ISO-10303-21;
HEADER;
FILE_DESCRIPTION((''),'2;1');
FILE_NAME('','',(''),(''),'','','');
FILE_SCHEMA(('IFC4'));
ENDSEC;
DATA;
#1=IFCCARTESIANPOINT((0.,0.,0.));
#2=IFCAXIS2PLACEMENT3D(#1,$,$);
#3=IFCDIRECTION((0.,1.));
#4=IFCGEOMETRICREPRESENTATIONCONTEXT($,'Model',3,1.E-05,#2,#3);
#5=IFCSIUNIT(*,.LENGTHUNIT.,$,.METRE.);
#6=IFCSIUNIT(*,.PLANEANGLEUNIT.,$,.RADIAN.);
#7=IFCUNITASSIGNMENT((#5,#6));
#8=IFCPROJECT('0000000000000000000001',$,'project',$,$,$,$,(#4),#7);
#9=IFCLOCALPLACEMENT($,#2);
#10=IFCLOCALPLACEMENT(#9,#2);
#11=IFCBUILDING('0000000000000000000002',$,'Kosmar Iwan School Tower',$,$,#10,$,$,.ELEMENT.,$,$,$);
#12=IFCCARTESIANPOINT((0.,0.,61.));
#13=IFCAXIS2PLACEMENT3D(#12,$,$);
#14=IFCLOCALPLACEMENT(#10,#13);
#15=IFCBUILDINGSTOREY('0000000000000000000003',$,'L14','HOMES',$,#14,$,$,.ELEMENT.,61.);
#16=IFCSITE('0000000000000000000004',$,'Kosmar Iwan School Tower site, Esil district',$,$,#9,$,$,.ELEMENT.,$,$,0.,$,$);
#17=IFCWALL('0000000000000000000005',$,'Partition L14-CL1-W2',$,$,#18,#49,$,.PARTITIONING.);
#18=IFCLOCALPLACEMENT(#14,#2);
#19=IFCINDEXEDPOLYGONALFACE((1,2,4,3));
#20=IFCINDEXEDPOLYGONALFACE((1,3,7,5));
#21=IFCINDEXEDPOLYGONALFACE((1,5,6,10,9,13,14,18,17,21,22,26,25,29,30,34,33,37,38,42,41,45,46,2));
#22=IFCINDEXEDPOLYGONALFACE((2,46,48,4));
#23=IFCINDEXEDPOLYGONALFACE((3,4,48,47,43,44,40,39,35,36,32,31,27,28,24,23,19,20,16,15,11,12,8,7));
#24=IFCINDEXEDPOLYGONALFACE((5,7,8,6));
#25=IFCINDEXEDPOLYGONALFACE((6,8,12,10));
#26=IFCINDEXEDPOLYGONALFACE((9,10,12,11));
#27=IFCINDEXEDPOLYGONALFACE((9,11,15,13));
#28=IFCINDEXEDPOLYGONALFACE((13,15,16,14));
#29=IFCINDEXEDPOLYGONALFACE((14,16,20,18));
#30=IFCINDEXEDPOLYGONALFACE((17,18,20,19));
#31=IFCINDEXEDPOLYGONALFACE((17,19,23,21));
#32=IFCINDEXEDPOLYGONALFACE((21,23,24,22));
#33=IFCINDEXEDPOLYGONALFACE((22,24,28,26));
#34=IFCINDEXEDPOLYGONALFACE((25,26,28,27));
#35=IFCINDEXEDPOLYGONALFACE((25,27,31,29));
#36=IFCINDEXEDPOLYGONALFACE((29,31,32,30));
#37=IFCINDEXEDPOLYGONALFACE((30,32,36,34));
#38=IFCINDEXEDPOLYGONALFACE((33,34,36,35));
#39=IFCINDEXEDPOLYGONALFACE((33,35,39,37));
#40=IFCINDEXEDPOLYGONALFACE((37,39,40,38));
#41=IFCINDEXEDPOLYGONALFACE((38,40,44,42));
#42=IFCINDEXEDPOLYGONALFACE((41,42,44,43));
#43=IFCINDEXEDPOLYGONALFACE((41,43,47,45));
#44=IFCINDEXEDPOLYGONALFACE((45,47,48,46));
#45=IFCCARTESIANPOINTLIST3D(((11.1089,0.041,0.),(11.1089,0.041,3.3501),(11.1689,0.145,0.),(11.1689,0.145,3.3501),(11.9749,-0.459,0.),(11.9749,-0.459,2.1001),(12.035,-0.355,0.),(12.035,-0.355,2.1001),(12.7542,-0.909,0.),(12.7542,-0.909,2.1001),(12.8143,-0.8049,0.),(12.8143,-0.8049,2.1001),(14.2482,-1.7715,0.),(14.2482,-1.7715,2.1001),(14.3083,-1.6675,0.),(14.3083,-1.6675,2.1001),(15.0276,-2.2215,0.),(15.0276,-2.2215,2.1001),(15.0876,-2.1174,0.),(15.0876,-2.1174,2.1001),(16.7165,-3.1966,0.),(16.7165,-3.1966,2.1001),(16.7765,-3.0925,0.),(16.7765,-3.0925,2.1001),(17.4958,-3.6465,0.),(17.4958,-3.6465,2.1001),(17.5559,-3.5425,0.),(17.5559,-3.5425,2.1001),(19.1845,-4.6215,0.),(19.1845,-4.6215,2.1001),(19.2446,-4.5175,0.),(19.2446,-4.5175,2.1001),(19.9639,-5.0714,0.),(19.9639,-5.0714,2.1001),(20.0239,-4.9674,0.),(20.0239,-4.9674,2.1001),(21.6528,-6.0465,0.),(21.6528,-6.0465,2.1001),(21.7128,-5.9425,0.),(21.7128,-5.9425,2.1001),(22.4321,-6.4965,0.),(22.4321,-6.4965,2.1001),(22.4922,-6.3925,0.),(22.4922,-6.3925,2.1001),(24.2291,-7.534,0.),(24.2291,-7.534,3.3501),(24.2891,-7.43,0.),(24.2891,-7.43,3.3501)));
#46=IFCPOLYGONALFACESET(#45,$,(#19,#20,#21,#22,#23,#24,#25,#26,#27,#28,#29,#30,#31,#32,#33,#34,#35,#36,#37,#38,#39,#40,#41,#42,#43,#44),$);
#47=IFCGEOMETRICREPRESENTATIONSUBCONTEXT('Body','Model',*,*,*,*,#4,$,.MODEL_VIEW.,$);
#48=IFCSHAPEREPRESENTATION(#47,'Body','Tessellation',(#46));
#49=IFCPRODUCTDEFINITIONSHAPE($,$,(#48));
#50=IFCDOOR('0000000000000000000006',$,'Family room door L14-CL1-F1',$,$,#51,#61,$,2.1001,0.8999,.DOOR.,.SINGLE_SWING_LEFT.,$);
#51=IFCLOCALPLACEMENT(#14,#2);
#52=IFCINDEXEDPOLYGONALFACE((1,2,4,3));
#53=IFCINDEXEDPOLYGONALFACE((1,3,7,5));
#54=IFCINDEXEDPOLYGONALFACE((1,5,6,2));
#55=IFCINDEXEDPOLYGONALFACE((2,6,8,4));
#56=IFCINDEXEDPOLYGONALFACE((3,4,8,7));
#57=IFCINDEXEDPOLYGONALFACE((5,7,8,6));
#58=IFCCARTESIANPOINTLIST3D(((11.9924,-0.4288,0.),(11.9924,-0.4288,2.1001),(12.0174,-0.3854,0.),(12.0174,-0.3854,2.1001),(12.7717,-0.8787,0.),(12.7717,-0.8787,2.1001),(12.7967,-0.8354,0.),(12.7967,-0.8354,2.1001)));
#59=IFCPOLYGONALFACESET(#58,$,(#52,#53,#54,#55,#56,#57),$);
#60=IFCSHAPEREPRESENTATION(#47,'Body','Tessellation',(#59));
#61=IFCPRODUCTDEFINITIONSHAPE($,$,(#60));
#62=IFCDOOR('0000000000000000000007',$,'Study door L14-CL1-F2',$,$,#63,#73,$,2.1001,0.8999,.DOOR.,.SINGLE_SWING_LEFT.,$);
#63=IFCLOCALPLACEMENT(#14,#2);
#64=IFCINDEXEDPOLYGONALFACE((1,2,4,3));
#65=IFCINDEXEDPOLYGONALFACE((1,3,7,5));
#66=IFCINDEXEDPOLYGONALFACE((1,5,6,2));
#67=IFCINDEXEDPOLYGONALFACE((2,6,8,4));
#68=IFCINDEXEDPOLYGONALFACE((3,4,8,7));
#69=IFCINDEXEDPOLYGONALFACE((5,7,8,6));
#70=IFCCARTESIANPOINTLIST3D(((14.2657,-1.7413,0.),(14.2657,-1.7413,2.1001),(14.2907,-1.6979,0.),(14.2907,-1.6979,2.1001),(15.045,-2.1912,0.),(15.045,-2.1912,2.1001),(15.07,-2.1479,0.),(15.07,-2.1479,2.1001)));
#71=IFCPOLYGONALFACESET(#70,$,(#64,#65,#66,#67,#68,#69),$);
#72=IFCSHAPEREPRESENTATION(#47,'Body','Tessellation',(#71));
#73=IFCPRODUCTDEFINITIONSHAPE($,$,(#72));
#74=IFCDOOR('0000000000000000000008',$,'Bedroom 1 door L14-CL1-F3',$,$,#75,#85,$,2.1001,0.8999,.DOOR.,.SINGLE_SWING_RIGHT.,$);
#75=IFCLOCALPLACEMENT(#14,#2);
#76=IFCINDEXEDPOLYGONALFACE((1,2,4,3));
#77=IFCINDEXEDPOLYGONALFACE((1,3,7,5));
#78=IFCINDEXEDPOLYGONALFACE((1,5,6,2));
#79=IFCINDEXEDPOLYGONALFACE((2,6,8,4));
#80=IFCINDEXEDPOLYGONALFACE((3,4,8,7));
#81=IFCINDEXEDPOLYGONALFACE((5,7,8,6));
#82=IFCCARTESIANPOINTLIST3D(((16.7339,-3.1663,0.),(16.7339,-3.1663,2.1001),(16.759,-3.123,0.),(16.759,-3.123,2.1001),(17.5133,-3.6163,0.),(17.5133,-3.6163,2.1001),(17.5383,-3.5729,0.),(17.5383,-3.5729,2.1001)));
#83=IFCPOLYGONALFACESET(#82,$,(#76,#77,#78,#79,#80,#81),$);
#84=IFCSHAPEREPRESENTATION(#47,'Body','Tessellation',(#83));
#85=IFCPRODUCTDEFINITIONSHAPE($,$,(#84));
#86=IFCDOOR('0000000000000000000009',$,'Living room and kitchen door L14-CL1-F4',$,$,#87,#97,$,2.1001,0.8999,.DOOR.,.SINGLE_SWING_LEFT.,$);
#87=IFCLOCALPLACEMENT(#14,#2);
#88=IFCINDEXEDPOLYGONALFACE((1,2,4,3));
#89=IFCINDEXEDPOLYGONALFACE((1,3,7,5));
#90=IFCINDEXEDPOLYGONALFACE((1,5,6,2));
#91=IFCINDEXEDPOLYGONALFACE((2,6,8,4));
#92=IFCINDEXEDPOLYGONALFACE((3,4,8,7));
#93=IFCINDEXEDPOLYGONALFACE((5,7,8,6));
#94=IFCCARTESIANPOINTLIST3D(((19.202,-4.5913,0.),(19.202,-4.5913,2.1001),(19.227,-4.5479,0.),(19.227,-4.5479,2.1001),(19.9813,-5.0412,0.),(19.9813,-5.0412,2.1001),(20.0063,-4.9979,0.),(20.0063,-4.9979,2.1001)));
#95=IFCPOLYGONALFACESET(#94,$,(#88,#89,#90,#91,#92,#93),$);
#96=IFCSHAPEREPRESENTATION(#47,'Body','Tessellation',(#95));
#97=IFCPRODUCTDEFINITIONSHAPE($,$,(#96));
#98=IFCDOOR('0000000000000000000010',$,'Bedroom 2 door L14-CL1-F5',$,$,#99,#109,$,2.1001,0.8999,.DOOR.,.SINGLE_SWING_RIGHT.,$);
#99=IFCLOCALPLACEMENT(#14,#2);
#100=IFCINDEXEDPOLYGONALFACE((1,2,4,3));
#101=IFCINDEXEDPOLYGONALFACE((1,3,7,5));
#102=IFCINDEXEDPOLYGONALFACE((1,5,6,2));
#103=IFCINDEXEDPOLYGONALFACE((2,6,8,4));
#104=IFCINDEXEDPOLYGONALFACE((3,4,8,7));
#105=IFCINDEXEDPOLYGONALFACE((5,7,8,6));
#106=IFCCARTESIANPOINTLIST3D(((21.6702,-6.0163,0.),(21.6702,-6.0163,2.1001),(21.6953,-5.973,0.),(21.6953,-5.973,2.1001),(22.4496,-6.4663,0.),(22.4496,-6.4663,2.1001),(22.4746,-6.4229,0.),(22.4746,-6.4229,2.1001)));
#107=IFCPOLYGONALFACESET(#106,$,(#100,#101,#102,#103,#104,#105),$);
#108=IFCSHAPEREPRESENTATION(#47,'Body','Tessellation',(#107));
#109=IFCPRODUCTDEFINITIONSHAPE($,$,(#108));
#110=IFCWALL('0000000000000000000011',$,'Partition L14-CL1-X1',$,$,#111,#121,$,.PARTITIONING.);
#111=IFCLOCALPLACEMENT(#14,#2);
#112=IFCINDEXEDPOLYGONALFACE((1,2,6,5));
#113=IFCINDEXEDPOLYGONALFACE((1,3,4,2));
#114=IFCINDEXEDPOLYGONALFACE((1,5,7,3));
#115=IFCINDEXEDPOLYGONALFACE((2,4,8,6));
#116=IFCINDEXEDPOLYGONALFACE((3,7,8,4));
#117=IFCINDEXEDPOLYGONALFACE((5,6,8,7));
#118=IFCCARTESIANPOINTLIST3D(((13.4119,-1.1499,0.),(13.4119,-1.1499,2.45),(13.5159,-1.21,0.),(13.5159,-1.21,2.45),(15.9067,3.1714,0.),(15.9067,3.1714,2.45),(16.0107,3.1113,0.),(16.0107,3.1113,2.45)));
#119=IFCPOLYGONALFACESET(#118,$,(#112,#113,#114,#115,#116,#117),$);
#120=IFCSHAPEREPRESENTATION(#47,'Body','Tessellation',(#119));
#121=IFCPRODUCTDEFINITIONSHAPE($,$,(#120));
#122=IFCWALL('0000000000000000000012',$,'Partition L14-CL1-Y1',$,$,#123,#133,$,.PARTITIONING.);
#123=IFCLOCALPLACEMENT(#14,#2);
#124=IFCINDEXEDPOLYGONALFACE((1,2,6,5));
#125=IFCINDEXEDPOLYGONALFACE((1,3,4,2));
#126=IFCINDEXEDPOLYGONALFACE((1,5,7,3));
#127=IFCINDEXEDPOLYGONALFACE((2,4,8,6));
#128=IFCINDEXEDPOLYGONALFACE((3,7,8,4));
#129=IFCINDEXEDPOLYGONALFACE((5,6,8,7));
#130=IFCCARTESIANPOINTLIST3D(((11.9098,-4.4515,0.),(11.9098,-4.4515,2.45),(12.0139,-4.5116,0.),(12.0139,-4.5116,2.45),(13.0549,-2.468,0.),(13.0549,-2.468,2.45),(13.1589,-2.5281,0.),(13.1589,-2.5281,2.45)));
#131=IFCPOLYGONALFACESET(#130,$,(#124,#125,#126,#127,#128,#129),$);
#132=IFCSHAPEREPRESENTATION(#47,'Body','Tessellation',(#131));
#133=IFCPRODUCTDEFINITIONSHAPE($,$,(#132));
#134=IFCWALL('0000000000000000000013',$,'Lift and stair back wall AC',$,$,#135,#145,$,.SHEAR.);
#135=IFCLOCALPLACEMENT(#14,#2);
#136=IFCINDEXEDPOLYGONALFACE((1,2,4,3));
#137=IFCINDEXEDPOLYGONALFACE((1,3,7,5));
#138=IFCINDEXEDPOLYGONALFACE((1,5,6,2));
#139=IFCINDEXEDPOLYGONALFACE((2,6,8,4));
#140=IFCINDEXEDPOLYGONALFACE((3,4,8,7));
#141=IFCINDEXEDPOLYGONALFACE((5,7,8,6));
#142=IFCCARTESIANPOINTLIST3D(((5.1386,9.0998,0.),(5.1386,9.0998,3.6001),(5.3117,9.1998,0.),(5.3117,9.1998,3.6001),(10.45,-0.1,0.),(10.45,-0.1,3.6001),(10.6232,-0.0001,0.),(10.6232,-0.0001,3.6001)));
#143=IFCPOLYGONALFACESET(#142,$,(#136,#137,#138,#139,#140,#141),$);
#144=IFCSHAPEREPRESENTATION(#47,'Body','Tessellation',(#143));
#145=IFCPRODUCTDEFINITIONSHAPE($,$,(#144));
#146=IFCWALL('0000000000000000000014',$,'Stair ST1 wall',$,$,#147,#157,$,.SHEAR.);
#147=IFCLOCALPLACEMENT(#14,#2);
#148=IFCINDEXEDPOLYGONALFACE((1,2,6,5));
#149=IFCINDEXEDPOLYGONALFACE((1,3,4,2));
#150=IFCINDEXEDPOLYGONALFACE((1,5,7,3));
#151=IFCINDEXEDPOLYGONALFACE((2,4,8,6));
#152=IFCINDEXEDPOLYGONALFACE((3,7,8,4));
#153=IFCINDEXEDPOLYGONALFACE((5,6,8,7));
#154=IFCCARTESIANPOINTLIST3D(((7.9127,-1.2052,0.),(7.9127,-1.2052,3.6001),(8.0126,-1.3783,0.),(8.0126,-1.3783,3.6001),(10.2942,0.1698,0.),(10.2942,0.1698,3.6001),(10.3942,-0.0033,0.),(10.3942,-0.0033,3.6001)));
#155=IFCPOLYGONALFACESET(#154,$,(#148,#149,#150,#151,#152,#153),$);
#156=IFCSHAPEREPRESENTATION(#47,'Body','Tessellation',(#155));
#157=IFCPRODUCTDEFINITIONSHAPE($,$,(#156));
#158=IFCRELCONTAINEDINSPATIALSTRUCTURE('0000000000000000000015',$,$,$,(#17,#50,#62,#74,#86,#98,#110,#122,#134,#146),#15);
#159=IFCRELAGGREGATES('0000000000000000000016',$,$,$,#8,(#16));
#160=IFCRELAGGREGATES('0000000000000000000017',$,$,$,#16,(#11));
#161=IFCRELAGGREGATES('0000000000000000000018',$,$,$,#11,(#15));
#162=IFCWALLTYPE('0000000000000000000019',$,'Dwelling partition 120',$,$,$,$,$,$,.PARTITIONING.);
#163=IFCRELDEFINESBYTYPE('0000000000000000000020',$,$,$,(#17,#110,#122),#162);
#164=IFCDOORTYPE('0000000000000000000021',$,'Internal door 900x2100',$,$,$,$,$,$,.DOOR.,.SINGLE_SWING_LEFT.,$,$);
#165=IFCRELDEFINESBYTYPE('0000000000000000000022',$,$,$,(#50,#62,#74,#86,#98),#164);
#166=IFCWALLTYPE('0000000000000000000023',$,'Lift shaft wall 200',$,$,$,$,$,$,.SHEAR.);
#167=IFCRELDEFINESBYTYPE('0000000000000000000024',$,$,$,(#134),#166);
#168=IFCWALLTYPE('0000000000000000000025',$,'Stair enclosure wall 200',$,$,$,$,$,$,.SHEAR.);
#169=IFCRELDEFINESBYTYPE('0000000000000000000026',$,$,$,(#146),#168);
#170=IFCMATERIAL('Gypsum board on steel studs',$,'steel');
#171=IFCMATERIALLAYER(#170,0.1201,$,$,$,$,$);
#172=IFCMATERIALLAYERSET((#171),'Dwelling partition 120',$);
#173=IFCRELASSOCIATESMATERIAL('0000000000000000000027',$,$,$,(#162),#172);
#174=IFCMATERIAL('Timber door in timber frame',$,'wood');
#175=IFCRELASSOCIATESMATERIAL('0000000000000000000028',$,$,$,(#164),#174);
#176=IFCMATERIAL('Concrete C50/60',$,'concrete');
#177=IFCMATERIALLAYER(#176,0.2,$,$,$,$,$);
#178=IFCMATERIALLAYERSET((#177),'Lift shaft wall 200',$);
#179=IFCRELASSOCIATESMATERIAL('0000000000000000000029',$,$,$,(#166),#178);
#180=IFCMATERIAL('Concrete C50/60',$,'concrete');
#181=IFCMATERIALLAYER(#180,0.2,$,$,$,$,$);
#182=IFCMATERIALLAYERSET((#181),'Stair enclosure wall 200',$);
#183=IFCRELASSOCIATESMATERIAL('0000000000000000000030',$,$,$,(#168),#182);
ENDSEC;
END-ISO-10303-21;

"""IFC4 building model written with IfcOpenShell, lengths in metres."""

from ifc_helpers import new_model, si_unit, direction, frame, frame_2d, origin, place, context, subcontext, project, spatial, rectangle, extrude, material, layer, layer_set, type_object, element, fill, save


model = new_model("IFC4")

# Units and contexts
model_context = context("Model", 3, precision=1e-05, world=origin(), true_north=direction((0.0, 1.0)))
body_context = subcontext(model_context, "Body", "Model", "MODEL_VIEW")
ifc_project = project(units=[si_unit("LENGTHUNIT", "METRE"), si_unit("PLANEANGLEUNIT", "RADIAN")], contexts=[model_context])

# Site, building, storey
site_placement = place(None, origin())
site = spatial("IfcSite", under=ifc_project, at=site_placement, Name="Kosmar Iwan School Tower site, Esil district", CompositionType="ELEMENT", RefElevation=0.0)
building_placement = place(site_placement, origin())
building = spatial("IfcBuilding", under=site, at=building_placement, Name="Kosmar Iwan School Tower", CompositionType="ELEMENT")
storey_placement = place(building_placement, frame((0.0, 0.0, 61.0)))
storey = spatial("IfcBuildingStorey", under=building, at=storey_placement, Name="L14", Description="HOMES", CompositionType="ELEMENT", Elevation=61.0)

# Wall, openings, doors
ifc_material_1 = material(Name="Gypsum board on steel studs", Category="steel")
ifc_layer_1 = layer(ifc_material_1, 0.1201)
ifc_layer_set_1 = layer_set([ifc_layer_1], Name="Dwelling partition 120")
wall_type_1 = type_object("IfcWallType", Name="Dwelling partition 120", PredefinedType="PARTITIONING", material=ifc_layer_set_1)
ifc_material_2 = material(Name="Timber door in timber frame", Category="wood")
door_type_1 = type_object("IfcDoorType", Name="Internal door 900x2100", OperationType="SINGLE_SWING_LEFT", PredefinedType="DOOR", material=ifc_material_2)
wall_1_placement = place(storey_placement, frame((11.1389, 0.093, 0.0), z_axis=(0.0, 0.0, 1.0), x_axis=(0.866024, -0.500002, 0.0)))
wall_1 = element("IfcWall", 1, at=wall_1_placement, inside=storey, type_object=wall_type_1, Name="Partition L14-CL1-W2", PredefinedType="PARTITIONING", context=body_context, shape_type="SweptSolid", body=[
    extrude(rectangle(XDim=15.1499, YDim=0.1201, at=frame_2d((7.575, 0.0))), origin(), (0.0, 0.0, 1.0), 3.3501),
])
opening_1_placement = place(wall_1_placement, frame((1.0, 0.0, 0.0)))
opening_1 = element("IfcOpeningElement", 2, at=opening_1_placement, cuts=wall_1, PredefinedType="OPENING", context=body_context, shape_type="SweptSolid", body=[
    extrude(rectangle(XDim=0.8999, YDim=2.1001, at=frame_2d((0.45, 1.05))), frame((0.0, 0.072, 0.0), z_axis=(0.0, -1.0, 0.0), x_axis=(1.0, 0.0, 0.0)), (0.0, 0.0, 1.0), 0.144),
])
opening_2_placement = place(wall_1_placement, frame((3.625, 0.0, 0.0)))
opening_2 = element("IfcOpeningElement", 3, at=opening_2_placement, cuts=wall_1, PredefinedType="OPENING", context=body_context, shape_type="SweptSolid", body=[
    extrude(rectangle(XDim=0.8999, YDim=2.1001, at=frame_2d((0.45, 1.05))), frame((0.0, 0.072, 0.0), z_axis=(0.0, -1.0, 0.0), x_axis=(1.0, 0.0, 0.0)), (0.0, 0.0, 1.0), 0.144),
])
opening_3_placement = place(wall_1_placement, frame((6.4751, 0.0, 0.0)))
opening_3 = element("IfcOpeningElement", 4, at=opening_3_placement, cuts=wall_1, PredefinedType="OPENING", context=body_context, shape_type="SweptSolid", body=[
    extrude(rectangle(XDim=0.8999, YDim=2.1001, at=frame_2d((0.45, 1.05))), frame((0.0, 0.072, 0.0), z_axis=(0.0, -1.0, 0.0), x_axis=(1.0, 0.0, 0.0)), (0.0, 0.0, 1.0), 0.144),
])
opening_4_placement = place(wall_1_placement, frame((9.325, 0.0, 0.0)))
opening_4 = element("IfcOpeningElement", 5, at=opening_4_placement, cuts=wall_1, PredefinedType="OPENING", context=body_context, shape_type="SweptSolid", body=[
    extrude(rectangle(XDim=0.8999, YDim=2.1001, at=frame_2d((0.45, 1.05))), frame((0.0, 0.072, 0.0), z_axis=(0.0, -1.0, 0.0), x_axis=(1.0, 0.0, 0.0)), (0.0, 0.0, 1.0), 0.144),
])
opening_5_placement = place(wall_1_placement, frame((12.175, 0.0, 0.0)))
opening_5 = element("IfcOpeningElement", 6, at=opening_5_placement, cuts=wall_1, PredefinedType="OPENING", context=body_context, shape_type="SweptSolid", body=[
    extrude(rectangle(XDim=0.8999, YDim=2.1001, at=frame_2d((0.45, 1.05))), frame((0.0, 0.072, 0.0), z_axis=(0.0, -1.0, 0.0), x_axis=(1.0, 0.0, 0.0)), (0.0, 0.0, 1.0), 0.144),
])
door_1_placement = place(opening_1_placement, origin())
door_1 = element("IfcDoor", 7, at=door_1_placement, inside=storey, type_object=door_type_1, Name="Family room door L14-CL1-F1", OperationType="SINGLE_SWING_LEFT", OverallHeight=2.1001, OverallWidth=0.8999, PredefinedType="DOOR", context=body_context, shape_type="SweptSolid", body=[
    extrude(rectangle(XDim=0.8999, YDim=2.1001, at=frame_2d((0.45, 1.05))), frame((0.0, 0.0249, 0.0), z_axis=(0.0, -1.0, 0.0), x_axis=(1.0, 0.0, 0.0)), (0.0, 0.0, 1.0), 0.05),
])
fill(opening_1, door_1)
door_2_placement = place(opening_2_placement, origin())
door_2 = element("IfcDoor", 8, at=door_2_placement, inside=storey, type_object=door_type_1, Name="Study door L14-CL1-F2", OperationType="SINGLE_SWING_LEFT", OverallHeight=2.1001, OverallWidth=0.8999, PredefinedType="DOOR", context=body_context, shape_type="SweptSolid", body=[
    extrude(rectangle(XDim=0.8999, YDim=2.1001, at=frame_2d((0.45, 1.05))), frame((0.0, 0.0249, 0.0), z_axis=(0.0, -1.0, 0.0), x_axis=(1.0, 0.0, 0.0)), (0.0, 0.0, 1.0), 0.05),
])
fill(opening_2, door_2)
door_3_placement = place(opening_3_placement, origin())
door_3 = element("IfcDoor", 9, at=door_3_placement, inside=storey, type_object=door_type_1, Name="Bedroom 1 door L14-CL1-F3", OperationType="SINGLE_SWING_RIGHT", OverallHeight=2.1001, OverallWidth=0.8999, PredefinedType="DOOR", context=body_context, shape_type="SweptSolid", body=[
    extrude(rectangle(XDim=0.8999, YDim=2.1001, at=frame_2d((0.45, 1.05))), frame((0.0, 0.0249, 0.0), z_axis=(0.0, -1.0, 0.0), x_axis=(1.0, 0.0, 0.0)), (0.0, 0.0, 1.0), 0.05),
])
fill(opening_3, door_3)
door_4_placement = place(opening_4_placement, origin())
door_4 = element("IfcDoor", 10, at=door_4_placement, inside=storey, type_object=door_type_1, Name="Living room and kitchen door L14-CL1-F4", OperationType="SINGLE_SWING_LEFT", OverallHeight=2.1001, OverallWidth=0.8999, PredefinedType="DOOR", context=body_context, shape_type="SweptSolid", body=[
    extrude(rectangle(XDim=0.8999, YDim=2.1001, at=frame_2d((0.45, 1.05))), frame((0.0, 0.0249, 0.0), z_axis=(0.0, -1.0, 0.0), x_axis=(1.0, 0.0, 0.0)), (0.0, 0.0, 1.0), 0.05),
])
fill(opening_4, door_4)
door_5_placement = place(opening_5_placement, origin())
door_5 = element("IfcDoor", 11, at=door_5_placement, inside=storey, type_object=door_type_1, Name="Bedroom 2 door L14-CL1-F5", OperationType="SINGLE_SWING_RIGHT", OverallHeight=2.1001, OverallWidth=0.8999, PredefinedType="DOOR", context=body_context, shape_type="SweptSolid", body=[
    extrude(rectangle(XDim=0.8999, YDim=2.1001, at=frame_2d((0.45, 1.05))), frame((0.0, 0.0249, 0.0), z_axis=(0.0, -1.0, 0.0), x_axis=(1.0, 0.0, 0.0)), (0.0, 0.0, 1.0), 0.05),
])
fill(opening_5, door_5)

# Walls
wall_2_placement = place(storey_placement, frame((13.4639, -1.1799, 0.0), z_axis=(0.0, 0.0, 1.0), x_axis=(0.499996, 0.866028, 0.0)))
element("IfcWall", 12, at=wall_2_placement, inside=storey, type_object=wall_type_1, Name="Partition L14-CL1-X1", PredefinedType="PARTITIONING", context=body_context, shape_type="SweptSolid", body=[
    extrude(rectangle(XDim=4.9897, YDim=0.1201, at=frame_2d((2.4949, 0.0))), origin(), (0.0, 0.0, 1.0), 2.45),
])
wall_3_placement = place(storey_placement, frame((11.9619, -4.4814, 0.0), z_axis=(0.0, 0.0, 1.0), x_axis=(0.499969, 0.866044, 0.0)))
element("IfcWall", 13, at=wall_3_placement, inside=storey, type_object=wall_type_1, Name="Partition L14-CL1-Y1", PredefinedType="PARTITIONING", context=body_context, shape_type="SweptSolid", body=[
    extrude(rectangle(XDim=2.2903, YDim=0.1201, at=frame_2d((1.145, 0.0))), origin(), (0.0, 0.0, 1.0), 2.45),
])
ifc_material_3 = material(Name="Concrete C50/60", Category="concrete")
ifc_layer_2 = layer(ifc_material_3, 0.2)
ifc_layer_set_2 = layer_set([ifc_layer_2], Name="Lift shaft wall 200")
wall_type_2 = type_object("IfcWallType", Name="Lift shaft wall 200", PredefinedType="SHEAR", material=ifc_layer_set_2)
wall_4_placement = place(storey_placement, frame((10.5366, -0.05, 0.0), z_axis=(0.0, 0.0, 1.0), x_axis=(-0.499995, 0.866028, 0.0)))
element("IfcWall", 14, at=wall_4_placement, inside=storey, type_object=wall_type_2, Name="Lift and stair back wall AC", PredefinedType="SHEAR", context=body_context, shape_type="SweptSolid", body=[
    extrude(rectangle(XDim=10.623, YDim=0.2, at=frame_2d((5.3115, 0.0))), origin(), (0.0, 0.0, 1.0), 3.6001),
])
ifc_material_4 = material(Name="Concrete C50/60", Category="concrete")
ifc_layer_3 = layer(ifc_material_4, 0.2)
ifc_layer_set_3 = layer_set([ifc_layer_3], Name="Stair enclosure wall 200")
wall_type_3 = type_object("IfcWallType", Name="Stair enclosure wall 200", PredefinedType="SHEAR", material=ifc_layer_set_3)
wall_5_placement = place(storey_placement, frame((7.9626, -1.2917, 0.0), z_axis=(0.0, 0.0, 1.0), x_axis=(0.866027, 0.499997, 0.0)))
element("IfcWall", 15, at=wall_5_placement, inside=storey, type_object=wall_type_3, Name="Stair ST1 wall", PredefinedType="SHEAR", context=body_context, shape_type="SweptSolid", body=[
    extrude(rectangle(XDim=2.75, YDim=0.2, at=frame_2d((1.375, 0.0))), origin(), (0.0, 0.0, 1.0), 3.6001),
])

save(model, "model.ifc")
